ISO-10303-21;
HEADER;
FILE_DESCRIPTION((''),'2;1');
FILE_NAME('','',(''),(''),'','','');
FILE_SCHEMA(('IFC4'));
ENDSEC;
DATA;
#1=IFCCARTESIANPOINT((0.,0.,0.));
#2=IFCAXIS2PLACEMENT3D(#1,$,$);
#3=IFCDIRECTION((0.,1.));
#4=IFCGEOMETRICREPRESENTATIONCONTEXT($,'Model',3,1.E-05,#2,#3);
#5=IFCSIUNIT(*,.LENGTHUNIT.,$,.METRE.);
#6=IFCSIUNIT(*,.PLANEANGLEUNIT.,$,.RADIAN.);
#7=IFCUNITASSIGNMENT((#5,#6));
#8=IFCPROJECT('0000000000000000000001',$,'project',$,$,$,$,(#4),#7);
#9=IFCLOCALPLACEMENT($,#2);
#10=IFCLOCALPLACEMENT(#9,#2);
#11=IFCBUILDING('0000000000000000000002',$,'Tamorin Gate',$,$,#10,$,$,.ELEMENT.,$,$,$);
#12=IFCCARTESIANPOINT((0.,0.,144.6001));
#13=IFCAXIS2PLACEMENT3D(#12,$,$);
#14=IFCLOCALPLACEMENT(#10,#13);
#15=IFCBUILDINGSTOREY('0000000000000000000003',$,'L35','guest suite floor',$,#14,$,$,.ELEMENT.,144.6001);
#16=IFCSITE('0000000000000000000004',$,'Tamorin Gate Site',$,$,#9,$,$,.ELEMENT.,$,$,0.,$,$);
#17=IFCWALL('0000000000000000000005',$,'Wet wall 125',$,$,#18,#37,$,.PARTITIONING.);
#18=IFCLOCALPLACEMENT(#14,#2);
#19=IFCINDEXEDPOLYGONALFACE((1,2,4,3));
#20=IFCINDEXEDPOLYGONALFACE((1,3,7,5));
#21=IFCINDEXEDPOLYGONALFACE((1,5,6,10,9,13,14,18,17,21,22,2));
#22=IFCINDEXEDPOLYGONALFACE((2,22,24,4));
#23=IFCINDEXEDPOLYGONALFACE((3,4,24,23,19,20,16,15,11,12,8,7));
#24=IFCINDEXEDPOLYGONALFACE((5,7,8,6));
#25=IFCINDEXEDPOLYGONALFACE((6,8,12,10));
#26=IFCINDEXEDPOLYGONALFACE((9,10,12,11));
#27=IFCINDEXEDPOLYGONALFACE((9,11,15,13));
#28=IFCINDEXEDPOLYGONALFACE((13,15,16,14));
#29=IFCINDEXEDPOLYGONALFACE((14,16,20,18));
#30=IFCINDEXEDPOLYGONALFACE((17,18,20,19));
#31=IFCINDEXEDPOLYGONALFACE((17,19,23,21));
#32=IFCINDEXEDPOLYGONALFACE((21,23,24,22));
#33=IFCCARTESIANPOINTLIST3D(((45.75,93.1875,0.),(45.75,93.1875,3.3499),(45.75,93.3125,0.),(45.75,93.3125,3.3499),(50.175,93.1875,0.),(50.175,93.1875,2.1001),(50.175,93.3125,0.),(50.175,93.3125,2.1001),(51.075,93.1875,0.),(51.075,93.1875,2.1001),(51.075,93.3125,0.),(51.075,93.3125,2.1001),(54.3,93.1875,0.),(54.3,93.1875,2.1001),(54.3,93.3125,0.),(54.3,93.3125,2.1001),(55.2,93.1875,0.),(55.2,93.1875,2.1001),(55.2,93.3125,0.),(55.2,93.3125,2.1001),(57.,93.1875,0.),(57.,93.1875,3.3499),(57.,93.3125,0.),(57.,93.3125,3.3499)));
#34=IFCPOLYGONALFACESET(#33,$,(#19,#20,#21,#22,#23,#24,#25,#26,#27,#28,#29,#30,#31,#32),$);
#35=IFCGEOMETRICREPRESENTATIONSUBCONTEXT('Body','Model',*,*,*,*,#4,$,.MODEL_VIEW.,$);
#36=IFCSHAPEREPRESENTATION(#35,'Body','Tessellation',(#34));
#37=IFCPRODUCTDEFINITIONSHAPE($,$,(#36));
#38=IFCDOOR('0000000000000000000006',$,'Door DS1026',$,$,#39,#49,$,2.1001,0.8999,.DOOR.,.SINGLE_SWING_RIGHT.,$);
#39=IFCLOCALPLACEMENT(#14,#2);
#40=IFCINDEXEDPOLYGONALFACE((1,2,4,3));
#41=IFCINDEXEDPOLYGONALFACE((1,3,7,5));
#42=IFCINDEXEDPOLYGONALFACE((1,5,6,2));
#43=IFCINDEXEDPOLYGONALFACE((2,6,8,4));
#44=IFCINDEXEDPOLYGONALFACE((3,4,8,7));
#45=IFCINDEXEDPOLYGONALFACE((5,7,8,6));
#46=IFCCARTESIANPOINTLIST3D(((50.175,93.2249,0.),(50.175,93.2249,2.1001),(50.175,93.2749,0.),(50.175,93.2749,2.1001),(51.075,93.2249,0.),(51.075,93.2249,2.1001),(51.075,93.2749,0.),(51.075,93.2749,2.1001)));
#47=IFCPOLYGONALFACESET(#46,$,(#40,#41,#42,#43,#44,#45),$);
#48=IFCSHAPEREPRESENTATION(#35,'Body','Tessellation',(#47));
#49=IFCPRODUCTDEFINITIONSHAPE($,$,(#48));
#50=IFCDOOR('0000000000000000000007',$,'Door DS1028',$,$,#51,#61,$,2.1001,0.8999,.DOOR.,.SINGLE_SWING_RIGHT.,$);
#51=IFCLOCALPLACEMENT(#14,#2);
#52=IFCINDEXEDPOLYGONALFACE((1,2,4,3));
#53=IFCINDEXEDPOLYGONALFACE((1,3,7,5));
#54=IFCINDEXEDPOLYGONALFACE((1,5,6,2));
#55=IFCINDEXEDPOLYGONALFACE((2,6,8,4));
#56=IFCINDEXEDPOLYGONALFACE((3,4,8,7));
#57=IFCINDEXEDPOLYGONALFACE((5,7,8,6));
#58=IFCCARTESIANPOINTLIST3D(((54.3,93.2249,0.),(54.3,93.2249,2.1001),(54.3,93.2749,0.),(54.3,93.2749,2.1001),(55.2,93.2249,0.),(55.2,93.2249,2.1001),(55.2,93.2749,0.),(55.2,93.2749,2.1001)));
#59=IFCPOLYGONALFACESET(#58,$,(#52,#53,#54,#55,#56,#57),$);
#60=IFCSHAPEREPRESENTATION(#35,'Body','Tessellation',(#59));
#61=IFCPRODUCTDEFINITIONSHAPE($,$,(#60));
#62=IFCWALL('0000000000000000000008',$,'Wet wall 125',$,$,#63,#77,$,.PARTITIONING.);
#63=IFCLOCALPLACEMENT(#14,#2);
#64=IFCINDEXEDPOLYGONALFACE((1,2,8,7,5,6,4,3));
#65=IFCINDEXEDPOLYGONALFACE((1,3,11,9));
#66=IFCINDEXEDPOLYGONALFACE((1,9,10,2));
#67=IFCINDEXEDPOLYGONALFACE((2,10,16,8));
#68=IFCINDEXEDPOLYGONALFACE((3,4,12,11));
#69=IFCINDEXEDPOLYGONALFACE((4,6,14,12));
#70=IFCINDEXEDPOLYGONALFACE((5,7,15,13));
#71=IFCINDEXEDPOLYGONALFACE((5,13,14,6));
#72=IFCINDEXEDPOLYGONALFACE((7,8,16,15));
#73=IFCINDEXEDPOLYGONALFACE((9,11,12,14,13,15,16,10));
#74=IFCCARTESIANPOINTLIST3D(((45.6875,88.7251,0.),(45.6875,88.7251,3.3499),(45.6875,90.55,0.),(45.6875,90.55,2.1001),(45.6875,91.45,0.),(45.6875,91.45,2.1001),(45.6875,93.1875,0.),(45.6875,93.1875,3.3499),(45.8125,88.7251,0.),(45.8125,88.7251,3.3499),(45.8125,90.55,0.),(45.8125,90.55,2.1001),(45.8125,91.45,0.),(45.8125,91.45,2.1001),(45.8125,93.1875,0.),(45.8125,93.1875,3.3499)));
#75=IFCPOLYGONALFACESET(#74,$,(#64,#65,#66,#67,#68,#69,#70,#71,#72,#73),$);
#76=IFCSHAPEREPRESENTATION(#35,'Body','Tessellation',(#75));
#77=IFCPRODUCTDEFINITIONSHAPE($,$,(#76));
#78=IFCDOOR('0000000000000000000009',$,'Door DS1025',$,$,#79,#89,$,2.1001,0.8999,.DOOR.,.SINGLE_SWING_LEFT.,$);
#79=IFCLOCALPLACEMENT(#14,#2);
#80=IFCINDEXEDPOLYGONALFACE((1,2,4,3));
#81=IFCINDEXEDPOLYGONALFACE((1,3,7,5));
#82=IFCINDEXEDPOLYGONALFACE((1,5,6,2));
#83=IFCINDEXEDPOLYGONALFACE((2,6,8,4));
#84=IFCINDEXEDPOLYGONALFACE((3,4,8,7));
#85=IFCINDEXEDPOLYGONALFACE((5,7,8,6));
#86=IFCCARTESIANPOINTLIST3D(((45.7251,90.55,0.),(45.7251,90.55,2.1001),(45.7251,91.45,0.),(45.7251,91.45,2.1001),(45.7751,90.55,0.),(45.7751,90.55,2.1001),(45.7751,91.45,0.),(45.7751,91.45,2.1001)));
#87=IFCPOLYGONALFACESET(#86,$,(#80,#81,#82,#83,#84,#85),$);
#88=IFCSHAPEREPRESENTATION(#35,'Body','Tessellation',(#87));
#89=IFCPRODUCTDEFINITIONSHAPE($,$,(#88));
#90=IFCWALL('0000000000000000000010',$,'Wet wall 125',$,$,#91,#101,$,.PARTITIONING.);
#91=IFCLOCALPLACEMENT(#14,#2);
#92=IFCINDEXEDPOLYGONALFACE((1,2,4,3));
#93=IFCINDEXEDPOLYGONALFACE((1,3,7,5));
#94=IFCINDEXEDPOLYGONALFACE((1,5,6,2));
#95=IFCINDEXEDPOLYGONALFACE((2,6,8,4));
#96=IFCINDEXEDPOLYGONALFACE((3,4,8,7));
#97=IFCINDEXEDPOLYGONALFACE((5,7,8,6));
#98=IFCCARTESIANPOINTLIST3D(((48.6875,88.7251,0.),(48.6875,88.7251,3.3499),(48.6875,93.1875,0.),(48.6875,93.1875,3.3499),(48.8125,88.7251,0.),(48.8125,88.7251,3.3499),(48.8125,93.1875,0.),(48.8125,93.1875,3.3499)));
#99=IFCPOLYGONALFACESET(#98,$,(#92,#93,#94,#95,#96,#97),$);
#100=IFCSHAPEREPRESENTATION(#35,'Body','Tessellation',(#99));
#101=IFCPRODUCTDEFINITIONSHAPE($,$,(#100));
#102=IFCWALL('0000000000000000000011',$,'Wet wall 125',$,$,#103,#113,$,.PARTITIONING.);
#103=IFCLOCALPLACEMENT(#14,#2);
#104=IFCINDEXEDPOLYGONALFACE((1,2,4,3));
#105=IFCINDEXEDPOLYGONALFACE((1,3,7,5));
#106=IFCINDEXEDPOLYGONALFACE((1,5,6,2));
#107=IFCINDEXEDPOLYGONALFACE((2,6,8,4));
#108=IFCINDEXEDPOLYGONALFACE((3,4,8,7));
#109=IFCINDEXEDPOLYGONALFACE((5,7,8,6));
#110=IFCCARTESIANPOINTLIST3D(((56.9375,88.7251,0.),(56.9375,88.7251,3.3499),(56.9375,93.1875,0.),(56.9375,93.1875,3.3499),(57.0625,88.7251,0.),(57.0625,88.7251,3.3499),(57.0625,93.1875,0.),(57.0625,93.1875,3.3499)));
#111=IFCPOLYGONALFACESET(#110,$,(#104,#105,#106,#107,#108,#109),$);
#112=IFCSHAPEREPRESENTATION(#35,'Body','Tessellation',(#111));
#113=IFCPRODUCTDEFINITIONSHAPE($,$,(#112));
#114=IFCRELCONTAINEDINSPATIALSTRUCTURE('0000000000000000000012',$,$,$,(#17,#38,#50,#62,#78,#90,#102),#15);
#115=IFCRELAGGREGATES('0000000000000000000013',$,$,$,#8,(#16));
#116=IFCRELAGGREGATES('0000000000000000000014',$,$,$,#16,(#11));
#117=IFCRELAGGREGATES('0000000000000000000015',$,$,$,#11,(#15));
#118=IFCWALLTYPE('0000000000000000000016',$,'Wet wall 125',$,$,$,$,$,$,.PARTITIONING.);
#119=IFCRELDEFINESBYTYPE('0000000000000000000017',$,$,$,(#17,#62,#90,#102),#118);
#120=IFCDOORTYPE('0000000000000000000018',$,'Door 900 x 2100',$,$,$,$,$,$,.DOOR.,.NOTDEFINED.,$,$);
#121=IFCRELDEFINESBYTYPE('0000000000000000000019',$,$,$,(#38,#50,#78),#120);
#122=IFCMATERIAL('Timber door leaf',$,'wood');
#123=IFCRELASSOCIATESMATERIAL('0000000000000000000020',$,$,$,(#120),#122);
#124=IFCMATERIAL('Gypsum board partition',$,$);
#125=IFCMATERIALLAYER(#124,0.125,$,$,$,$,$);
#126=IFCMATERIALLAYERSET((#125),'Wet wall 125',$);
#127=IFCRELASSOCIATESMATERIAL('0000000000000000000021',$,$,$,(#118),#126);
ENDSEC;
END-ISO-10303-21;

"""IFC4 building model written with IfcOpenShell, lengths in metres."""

from ifc_helpers import new_model, si_unit, direction, frame, frame_2d, origin, place, context, subcontext, project, spatial, rectangle, extrude, material, layer, layer_set, type_object, element, fill, save


model = new_model("IFC4")

# Units and contexts
model_context = context("Model", 3, precision=1e-05, world=origin(), true_north=direction((0.0, 1.0)))
body_context = subcontext(model_context, "Body", "Model", "MODEL_VIEW")
ifc_project = project(units=[si_unit("LENGTHUNIT", "METRE"), si_unit("PLANEANGLEUNIT", "RADIAN")], contexts=[model_context])

# Site, building, storey
site_placement = place(None, origin())
site = spatial("IfcSite", under=ifc_project, at=site_placement, Name="Tamorin Gate Site", CompositionType="ELEMENT", RefElevation=0.0)
building_placement = place(site_placement, origin())
building = spatial("IfcBuilding", under=site, at=building_placement, Name="Tamorin Gate", CompositionType="ELEMENT")
storey_placement = place(building_placement, frame((0.0, 0.0, 144.6001)))
storey = spatial("IfcBuildingStorey", under=building, at=storey_placement, Name="L35", Description="guest suite floor", CompositionType="ELEMENT", Elevation=144.6001)

# Shared definitions
ifc_material_1 = material(Name="Gypsum board partition")

# Shared definitions
ifc_material_2 = material(Name="Timber door leaf", Category="wood")
door_type = type_object("IfcDoorType", Name="Door 900 x 2100", OperationType="NOTDEFINED", PredefinedType="DOOR", material=ifc_material_2)

# Wall, openings, doors
ifc_layer_1 = layer(ifc_material_1, 0.125)
ifc_layer_set_1 = layer_set([ifc_layer_1], Name="Wet wall 125")
wall_type_1 = type_object("IfcWallType", Name="Wet wall 125", PredefinedType="PARTITIONING", material=ifc_layer_set_1)
wall_1_placement = place(storey_placement, frame((45.75, 93.25, 0.0), z_axis=(0.0, 0.0, 1.0), x_axis=(1.0, 0.0, 0.0)))
wall_1 = element("IfcWall", 1, at=wall_1_placement, inside=storey, type_object=wall_type_1, Name="Wet wall 125", PredefinedType="PARTITIONING", context=body_context, shape_type="SweptSolid", body=[
    extrude(rectangle(XDim=11.25, YDim=0.125, at=frame_2d((5.625, 0.0))), origin(), (0.0, 0.0, 1.0), 3.3499),
])
opening_1_placement = place(wall_1_placement, frame((4.425, 0.0, 0.0)))
opening_1 = element("IfcOpeningElement", 2, at=opening_1_placement, cuts=wall_1, PredefinedType="OPENING", context=body_context, shape_type="SweptSolid", body=[
    extrude(rectangle(XDim=0.8999, YDim=2.1001, at=frame_2d((0.45, 1.05))), frame((0.0, 0.0725, 0.0), z_axis=(0.0, -1.0, 0.0), x_axis=(1.0, 0.0, 0.0)), (0.0, 0.0, 1.0), 0.145),
])
opening_2_placement = place(wall_1_placement, frame((8.55, 0.0, 0.0)))
opening_2 = element("IfcOpeningElement", 3, at=opening_2_placement, cuts=wall_1, PredefinedType="OPENING", context=body_context, shape_type="SweptSolid", body=[
    extrude(rectangle(XDim=0.8999, YDim=2.1001, at=frame_2d((0.45, 1.05))), frame((0.0, 0.0725, 0.0), z_axis=(0.0, -1.0, 0.0), x_axis=(1.0, 0.0, 0.0)), (0.0, 0.0, 1.0), 0.145),
])
door_1_placement = place(opening_1_placement, origin())
door_1 = element("IfcDoor", 4, at=door_1_placement, inside=storey, type_object=door_type, Name="Door DS1026", OperationType="SINGLE_SWING_RIGHT", OverallHeight=2.1001, OverallWidth=0.8999, PredefinedType="DOOR", context=body_context, shape_type="SweptSolid", body=[
    extrude(rectangle(XDim=0.8999, YDim=2.1001, at=frame_2d((0.45, 1.05))), frame((0.0, 0.0249, 0.0), z_axis=(0.0, -1.0, 0.0), x_axis=(1.0, 0.0, 0.0)), (0.0, 0.0, 1.0), 0.05),
])
fill(opening_1, door_1)
door_2_placement = place(opening_2_placement, origin())
door_2 = element("IfcDoor", 5, at=door_2_placement, inside=storey, type_object=door_type, Name="Door DS1028", OperationType="SINGLE_SWING_RIGHT", OverallHeight=2.1001, OverallWidth=0.8999, PredefinedType="DOOR", context=body_context, shape_type="SweptSolid", body=[
    extrude(rectangle(XDim=0.8999, YDim=2.1001, at=frame_2d((0.45, 1.05))), frame((0.0, 0.0249, 0.0), z_axis=(0.0, -1.0, 0.0), x_axis=(1.0, 0.0, 0.0)), (0.0, 0.0, 1.0), 0.05),
])
fill(opening_2, door_2)

# Wall, opening, door
wall_2_placement = place(storey_placement, frame((45.75, 88.7251, 0.0), z_axis=(0.0, 0.0, 1.0), x_axis=(0.0, 1.0, 0.0)))
wall_2 = element("IfcWall", 6, at=wall_2_placement, inside=storey, type_object=wall_type_1, Name="Wet wall 125", PredefinedType="PARTITIONING", context=body_context, shape_type="SweptSolid", body=[
    extrude(rectangle(XDim=4.4624, YDim=0.125, at=frame_2d((2.2312, 0.0))), origin(), (0.0, 0.0, 1.0), 3.3499),
])
opening_3_placement = place(wall_2_placement, frame((1.825, 0.0, 0.0)))
opening_3 = element("IfcOpeningElement", 7, at=opening_3_placement, cuts=wall_2, PredefinedType="OPENING", context=body_context, shape_type="SweptSolid", body=[
    extrude(rectangle(XDim=0.8999, YDim=2.1001, at=frame_2d((0.45, 1.05))), frame((0.0, 0.0725, 0.0), z_axis=(0.0, -1.0, 0.0), x_axis=(1.0, 0.0, 0.0)), (0.0, 0.0, 1.0), 0.145),
])
door_3_placement = place(opening_3_placement, origin())
door_3 = element("IfcDoor", 8, at=door_3_placement, inside=storey, type_object=door_type, Name="Door DS1025", OperationType="SINGLE_SWING_LEFT", OverallHeight=2.1001, OverallWidth=0.8999, PredefinedType="DOOR", context=body_context, shape_type="SweptSolid", body=[
    extrude(rectangle(XDim=0.8999, YDim=2.1001, at=frame_2d((0.45, 1.05))), frame((0.0, 0.0249, 0.0), z_axis=(0.0, -1.0, 0.0), x_axis=(1.0, 0.0, 0.0)), (0.0, 0.0, 1.0), 0.05),
])
fill(opening_3, door_3)

# Walls
for number, where, z_axis, x_axis, name in (
    (9, (48.75, 88.7251, 0.0), (0.0, 0.0, 1.0), (0.0, 1.0, 0.0), "Wet wall 125"),
    (10, (57.0, 88.7251, 0.0), (0.0, 0.0, 1.0), (0.0, 1.0, 0.0), "Wet wall 125"),
):
    element("IfcWall", number, at=place(storey_placement, frame(where, z_axis=z_axis, x_axis=x_axis)), inside=storey, type_object=wall_type_1, Name=name, PredefinedType="PARTITIONING", context=body_context, shape_type="SweptSolid", body=[
        extrude(rectangle(XDim=4.4624, YDim=0.125, at=frame_2d((2.2312, 0.0))), origin(), (0.0, 0.0, 1.0), 3.3499),
    ])

save(model, "model.ifc")
